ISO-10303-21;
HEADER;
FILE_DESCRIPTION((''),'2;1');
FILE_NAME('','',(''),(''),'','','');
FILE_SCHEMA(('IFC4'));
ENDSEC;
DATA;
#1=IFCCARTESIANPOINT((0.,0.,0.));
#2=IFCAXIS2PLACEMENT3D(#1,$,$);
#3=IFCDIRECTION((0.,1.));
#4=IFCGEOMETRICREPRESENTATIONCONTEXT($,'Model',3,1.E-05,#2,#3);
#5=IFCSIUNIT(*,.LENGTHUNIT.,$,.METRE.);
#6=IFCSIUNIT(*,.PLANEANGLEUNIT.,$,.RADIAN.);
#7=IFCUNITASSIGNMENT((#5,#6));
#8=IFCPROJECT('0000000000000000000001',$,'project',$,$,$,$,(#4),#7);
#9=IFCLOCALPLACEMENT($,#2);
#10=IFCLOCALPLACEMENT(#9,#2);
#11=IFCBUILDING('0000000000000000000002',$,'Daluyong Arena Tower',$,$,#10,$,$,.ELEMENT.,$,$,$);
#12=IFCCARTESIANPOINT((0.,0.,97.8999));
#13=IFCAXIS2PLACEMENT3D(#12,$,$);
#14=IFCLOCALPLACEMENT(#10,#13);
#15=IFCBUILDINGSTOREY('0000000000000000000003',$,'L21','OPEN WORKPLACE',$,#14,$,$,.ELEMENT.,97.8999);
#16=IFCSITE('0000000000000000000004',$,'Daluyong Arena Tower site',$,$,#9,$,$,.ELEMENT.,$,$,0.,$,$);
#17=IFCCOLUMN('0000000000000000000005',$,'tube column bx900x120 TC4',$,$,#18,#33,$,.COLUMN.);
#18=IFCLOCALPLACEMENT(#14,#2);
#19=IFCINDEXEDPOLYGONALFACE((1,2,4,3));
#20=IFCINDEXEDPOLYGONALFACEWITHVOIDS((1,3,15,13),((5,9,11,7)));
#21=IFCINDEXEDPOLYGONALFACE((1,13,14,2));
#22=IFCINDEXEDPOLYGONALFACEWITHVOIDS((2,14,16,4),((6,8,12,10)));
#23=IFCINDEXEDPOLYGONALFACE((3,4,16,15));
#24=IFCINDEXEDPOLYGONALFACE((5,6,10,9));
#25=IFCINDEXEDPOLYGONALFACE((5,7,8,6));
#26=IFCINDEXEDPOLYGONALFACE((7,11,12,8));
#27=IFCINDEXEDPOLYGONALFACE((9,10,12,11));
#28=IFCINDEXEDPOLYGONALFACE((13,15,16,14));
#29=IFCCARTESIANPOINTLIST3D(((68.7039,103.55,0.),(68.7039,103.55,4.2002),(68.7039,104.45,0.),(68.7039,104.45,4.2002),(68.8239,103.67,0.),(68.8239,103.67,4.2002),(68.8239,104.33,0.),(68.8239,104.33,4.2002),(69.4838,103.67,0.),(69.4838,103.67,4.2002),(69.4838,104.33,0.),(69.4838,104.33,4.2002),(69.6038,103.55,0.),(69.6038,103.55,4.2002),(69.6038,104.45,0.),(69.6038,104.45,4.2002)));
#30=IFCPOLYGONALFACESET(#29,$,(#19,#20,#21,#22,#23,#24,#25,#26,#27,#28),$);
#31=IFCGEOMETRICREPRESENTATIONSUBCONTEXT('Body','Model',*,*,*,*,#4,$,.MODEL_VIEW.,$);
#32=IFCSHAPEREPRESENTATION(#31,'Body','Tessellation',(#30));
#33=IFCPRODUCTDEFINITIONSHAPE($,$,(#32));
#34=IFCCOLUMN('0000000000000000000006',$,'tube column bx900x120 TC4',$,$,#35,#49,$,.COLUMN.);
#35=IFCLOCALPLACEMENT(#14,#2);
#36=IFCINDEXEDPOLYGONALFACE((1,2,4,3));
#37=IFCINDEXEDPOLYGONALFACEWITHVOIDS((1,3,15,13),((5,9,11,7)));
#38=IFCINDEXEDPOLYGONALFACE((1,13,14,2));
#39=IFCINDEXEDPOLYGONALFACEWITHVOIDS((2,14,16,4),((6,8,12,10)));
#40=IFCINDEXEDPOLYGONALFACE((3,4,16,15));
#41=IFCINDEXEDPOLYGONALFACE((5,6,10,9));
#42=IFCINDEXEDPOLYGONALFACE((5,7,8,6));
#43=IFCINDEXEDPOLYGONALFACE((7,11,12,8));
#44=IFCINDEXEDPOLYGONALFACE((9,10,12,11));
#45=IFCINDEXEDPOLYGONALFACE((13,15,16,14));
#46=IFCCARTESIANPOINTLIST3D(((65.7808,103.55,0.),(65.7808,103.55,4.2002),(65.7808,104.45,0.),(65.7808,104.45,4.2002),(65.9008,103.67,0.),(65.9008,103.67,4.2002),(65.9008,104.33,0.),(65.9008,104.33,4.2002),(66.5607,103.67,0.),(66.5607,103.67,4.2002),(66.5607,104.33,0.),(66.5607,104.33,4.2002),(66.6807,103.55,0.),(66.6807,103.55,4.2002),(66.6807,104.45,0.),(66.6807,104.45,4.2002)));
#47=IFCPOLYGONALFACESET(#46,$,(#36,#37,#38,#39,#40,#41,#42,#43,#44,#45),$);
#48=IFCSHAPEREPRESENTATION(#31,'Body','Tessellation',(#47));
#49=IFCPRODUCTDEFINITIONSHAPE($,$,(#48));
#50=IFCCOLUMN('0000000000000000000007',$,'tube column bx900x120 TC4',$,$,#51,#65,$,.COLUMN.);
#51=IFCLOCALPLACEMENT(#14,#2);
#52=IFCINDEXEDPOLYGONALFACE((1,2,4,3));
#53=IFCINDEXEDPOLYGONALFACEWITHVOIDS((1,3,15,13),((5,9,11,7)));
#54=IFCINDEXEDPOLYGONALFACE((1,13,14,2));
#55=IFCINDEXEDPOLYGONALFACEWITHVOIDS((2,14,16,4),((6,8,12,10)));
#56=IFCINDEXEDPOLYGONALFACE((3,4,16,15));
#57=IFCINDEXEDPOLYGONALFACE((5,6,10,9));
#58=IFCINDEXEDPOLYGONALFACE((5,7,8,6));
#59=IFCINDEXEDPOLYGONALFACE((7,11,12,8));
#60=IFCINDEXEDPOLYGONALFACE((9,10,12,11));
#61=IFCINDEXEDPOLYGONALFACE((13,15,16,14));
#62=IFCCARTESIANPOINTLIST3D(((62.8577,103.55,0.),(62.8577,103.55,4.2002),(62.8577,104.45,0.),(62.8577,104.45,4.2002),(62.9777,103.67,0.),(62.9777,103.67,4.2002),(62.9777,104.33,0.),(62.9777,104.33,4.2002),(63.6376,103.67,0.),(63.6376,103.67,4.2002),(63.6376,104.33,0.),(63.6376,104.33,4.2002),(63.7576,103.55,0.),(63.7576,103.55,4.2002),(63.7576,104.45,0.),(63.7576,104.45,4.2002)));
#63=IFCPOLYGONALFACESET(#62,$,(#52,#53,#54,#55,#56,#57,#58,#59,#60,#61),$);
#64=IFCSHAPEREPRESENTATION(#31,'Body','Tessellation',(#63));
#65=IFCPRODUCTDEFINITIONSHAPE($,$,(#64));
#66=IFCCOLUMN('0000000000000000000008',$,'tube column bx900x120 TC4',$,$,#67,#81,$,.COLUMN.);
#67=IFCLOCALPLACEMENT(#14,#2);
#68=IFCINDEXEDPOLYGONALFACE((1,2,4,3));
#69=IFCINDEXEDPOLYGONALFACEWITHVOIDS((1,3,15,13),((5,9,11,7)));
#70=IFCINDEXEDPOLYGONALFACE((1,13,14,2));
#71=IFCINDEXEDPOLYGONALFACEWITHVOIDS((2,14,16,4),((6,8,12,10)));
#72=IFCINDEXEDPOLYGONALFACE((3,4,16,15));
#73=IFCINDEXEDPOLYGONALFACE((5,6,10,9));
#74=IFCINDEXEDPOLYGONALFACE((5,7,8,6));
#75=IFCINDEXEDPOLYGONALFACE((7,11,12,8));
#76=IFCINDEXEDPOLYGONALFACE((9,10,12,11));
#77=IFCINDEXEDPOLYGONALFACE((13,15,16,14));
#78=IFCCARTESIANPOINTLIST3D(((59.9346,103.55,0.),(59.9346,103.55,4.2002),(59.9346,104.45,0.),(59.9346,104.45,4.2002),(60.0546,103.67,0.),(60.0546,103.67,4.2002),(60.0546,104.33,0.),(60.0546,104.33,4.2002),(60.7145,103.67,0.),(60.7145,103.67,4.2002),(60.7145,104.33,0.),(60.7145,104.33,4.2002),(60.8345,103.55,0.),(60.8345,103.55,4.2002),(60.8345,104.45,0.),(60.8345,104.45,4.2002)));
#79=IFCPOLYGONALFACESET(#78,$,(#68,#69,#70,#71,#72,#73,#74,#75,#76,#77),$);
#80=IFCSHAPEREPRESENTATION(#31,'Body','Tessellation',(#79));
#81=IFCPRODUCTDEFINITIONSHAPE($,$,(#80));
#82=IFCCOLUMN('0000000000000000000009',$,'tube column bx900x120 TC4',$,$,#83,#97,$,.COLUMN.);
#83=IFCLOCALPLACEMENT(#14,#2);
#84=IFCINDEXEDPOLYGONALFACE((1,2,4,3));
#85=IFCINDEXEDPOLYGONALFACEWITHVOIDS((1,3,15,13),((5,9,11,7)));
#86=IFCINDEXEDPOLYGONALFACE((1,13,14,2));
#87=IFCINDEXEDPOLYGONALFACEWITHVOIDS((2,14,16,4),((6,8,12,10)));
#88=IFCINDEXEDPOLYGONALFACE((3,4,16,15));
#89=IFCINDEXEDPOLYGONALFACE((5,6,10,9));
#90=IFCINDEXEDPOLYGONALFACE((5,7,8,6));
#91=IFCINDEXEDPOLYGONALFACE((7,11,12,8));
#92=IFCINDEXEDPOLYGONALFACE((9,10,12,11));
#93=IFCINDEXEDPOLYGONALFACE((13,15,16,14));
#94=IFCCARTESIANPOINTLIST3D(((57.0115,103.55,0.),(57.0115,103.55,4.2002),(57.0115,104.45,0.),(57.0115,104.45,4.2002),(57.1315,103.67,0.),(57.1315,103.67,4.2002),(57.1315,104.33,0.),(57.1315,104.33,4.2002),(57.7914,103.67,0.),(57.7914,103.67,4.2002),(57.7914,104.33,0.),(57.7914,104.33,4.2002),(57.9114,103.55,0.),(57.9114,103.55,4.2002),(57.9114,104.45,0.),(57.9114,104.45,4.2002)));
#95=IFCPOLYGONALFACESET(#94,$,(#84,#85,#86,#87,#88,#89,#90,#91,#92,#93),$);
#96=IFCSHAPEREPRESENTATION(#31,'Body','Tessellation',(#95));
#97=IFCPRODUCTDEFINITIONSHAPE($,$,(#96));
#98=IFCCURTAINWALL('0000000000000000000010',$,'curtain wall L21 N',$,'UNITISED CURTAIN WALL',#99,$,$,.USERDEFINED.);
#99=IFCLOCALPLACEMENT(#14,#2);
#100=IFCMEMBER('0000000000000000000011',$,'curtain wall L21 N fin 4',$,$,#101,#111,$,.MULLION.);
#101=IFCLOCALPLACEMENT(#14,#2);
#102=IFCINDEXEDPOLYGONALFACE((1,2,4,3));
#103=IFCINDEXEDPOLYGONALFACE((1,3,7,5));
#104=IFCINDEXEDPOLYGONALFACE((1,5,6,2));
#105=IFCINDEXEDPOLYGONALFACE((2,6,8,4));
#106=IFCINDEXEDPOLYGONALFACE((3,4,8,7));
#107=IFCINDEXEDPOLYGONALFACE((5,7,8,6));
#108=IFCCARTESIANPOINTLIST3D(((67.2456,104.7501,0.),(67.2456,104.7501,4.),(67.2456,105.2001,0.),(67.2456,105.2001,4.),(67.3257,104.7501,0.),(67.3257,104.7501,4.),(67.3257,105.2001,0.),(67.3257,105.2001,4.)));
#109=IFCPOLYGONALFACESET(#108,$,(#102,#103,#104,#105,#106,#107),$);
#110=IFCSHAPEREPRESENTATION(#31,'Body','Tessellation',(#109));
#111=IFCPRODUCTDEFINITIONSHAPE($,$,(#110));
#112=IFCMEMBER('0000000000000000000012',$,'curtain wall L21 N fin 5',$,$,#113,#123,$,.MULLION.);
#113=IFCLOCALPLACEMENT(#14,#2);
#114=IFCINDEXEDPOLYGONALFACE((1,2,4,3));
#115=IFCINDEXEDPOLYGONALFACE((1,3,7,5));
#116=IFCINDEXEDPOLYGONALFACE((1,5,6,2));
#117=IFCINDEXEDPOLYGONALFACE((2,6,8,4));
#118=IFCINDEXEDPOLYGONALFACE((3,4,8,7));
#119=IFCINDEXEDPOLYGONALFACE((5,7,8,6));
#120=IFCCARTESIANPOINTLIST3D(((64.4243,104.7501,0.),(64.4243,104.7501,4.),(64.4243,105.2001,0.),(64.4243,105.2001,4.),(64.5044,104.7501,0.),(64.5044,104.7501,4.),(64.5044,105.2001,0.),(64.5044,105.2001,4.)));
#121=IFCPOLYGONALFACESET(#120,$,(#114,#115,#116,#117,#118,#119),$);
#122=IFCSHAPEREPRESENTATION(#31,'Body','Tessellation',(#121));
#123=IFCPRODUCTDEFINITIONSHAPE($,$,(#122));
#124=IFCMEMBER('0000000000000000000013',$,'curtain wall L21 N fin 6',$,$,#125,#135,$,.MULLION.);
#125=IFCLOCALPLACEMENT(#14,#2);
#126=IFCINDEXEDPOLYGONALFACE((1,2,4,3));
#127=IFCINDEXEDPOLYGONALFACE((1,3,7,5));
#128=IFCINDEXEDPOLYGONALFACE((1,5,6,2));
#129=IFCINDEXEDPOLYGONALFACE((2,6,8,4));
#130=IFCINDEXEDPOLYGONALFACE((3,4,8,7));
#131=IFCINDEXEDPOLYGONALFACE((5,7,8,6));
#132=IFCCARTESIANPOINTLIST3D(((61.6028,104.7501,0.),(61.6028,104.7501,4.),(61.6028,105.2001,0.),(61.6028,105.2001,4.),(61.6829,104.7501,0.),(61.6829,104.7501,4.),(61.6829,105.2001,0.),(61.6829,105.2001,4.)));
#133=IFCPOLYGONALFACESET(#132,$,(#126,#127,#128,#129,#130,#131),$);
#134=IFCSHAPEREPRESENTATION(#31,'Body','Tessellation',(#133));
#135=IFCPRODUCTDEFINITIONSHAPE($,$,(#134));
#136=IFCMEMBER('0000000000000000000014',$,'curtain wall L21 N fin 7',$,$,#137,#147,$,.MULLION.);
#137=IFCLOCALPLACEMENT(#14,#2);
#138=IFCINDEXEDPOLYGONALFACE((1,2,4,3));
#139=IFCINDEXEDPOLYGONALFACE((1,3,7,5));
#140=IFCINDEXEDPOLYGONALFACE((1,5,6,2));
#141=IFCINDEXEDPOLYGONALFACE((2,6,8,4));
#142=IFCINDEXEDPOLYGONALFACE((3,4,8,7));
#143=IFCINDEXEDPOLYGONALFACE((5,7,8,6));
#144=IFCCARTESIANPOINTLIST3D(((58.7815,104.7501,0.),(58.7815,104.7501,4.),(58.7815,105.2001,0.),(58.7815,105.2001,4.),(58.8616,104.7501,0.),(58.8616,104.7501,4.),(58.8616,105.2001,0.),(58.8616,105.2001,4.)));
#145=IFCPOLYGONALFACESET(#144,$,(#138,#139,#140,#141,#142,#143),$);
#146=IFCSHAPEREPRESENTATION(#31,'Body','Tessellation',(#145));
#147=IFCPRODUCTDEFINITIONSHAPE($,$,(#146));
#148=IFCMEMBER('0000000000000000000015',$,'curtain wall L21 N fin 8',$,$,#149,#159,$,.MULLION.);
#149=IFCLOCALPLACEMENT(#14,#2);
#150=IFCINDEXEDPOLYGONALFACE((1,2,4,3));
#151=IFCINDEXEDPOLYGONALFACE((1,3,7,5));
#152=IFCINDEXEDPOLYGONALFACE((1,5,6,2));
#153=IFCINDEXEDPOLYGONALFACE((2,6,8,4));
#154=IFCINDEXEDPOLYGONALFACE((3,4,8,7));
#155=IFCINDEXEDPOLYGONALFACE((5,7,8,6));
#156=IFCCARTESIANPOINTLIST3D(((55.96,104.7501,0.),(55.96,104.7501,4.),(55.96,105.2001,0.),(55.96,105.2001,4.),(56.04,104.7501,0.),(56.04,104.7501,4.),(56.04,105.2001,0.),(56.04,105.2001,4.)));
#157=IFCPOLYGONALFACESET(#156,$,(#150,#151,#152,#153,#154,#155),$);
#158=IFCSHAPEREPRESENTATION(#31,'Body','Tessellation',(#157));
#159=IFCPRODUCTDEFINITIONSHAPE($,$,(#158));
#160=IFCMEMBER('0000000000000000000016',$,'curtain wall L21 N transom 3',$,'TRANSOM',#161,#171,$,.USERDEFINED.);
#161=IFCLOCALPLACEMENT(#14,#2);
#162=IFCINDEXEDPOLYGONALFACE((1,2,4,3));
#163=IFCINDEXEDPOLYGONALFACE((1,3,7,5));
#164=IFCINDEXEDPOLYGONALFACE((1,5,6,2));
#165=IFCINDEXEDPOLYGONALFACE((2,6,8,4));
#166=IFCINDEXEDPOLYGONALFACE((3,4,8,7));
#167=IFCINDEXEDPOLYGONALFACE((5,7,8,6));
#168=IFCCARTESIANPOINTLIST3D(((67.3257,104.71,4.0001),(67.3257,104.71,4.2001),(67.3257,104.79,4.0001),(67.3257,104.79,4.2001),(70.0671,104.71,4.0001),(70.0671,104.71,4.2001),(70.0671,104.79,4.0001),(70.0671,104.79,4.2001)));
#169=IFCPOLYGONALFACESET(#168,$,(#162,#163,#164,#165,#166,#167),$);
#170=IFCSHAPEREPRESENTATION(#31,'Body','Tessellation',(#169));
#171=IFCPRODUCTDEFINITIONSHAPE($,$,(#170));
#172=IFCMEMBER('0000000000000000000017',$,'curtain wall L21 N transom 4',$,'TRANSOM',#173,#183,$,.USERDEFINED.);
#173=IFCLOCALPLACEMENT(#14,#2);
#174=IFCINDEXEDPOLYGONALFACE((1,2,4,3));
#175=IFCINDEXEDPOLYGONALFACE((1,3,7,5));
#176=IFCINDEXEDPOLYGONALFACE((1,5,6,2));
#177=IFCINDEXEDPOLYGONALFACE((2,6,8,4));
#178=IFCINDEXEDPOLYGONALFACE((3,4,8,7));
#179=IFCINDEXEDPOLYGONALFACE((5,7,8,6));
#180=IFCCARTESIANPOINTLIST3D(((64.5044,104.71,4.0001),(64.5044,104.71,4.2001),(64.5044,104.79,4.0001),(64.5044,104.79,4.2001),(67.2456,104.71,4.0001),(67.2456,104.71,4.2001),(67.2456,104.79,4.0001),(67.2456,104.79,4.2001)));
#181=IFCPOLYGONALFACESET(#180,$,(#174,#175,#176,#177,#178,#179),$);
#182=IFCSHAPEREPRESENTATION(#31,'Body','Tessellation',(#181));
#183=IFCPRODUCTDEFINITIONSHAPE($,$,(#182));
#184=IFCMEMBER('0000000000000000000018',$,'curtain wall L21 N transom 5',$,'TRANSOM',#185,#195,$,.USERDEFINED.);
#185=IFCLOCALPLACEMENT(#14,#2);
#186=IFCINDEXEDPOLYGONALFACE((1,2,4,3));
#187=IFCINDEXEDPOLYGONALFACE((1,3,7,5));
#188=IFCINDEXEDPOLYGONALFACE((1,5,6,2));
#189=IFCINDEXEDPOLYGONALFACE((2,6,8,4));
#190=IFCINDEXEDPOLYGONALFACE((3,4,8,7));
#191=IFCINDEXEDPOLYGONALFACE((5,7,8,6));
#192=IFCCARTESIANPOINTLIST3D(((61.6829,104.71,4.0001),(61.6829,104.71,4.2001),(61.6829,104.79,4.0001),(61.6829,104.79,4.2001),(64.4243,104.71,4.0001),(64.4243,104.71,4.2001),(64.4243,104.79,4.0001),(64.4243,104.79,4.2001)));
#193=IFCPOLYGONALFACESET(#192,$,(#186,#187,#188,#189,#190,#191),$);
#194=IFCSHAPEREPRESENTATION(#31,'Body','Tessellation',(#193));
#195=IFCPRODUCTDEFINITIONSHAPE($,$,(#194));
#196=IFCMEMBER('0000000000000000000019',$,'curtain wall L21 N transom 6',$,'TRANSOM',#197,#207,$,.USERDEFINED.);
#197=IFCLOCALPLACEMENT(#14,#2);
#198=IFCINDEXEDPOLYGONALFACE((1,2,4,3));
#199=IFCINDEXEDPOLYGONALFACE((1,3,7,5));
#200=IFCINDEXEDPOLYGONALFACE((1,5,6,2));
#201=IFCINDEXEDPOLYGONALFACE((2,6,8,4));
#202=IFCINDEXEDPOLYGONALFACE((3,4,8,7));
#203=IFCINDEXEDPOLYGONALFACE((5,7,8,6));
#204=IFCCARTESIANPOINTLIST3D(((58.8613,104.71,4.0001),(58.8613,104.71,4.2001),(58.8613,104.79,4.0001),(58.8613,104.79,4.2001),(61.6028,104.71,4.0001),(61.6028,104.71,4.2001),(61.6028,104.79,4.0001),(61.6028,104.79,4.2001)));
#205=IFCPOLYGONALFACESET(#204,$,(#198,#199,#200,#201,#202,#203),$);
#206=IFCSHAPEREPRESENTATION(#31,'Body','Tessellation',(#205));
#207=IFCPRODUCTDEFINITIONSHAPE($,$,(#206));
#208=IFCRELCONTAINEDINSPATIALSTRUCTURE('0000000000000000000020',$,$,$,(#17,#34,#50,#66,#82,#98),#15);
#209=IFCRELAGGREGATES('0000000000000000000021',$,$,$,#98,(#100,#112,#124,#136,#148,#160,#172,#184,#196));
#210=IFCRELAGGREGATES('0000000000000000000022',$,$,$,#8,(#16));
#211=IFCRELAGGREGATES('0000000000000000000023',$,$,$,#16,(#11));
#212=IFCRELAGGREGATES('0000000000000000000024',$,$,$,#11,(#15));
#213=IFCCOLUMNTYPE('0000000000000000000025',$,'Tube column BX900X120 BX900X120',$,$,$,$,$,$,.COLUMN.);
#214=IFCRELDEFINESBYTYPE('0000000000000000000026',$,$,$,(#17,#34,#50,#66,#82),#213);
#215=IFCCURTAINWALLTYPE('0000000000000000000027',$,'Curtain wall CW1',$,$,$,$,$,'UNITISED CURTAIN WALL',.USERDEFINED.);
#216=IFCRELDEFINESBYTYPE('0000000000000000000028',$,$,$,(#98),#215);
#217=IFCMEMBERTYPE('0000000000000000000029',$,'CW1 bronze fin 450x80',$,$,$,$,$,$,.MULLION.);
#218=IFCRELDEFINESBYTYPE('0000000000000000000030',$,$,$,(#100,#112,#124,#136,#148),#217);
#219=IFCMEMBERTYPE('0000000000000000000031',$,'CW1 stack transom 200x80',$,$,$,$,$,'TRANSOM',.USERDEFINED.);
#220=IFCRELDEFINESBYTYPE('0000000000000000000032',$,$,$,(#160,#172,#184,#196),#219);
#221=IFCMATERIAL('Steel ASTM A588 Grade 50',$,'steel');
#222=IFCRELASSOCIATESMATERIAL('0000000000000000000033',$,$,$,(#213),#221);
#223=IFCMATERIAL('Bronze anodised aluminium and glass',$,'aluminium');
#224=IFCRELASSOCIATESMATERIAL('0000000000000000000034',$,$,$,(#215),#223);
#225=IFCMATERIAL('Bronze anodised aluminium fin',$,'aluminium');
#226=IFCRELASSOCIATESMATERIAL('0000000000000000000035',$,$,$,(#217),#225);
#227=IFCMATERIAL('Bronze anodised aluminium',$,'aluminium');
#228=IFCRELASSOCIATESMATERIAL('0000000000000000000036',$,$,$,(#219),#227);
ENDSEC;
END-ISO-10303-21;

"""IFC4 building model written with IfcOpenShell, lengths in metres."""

from ifc_helpers import new_model, si_unit, direction, frame, origin, origin_2d, place, context, subcontext, project, spatial, rectangle, hollow_rectangle, extrude, material, material_profile, profile_set, type_object, element, aggregate, save


model = new_model("IFC4")

# Units and contexts
model_context = context("Model", 3, precision=1e-05, world=origin(), true_north=direction((0.0, 1.0)))
body_context = subcontext(model_context, "Body", "Model", "MODEL_VIEW")
ifc_project = project(units=[si_unit("LENGTHUNIT", "METRE"), si_unit("PLANEANGLEUNIT", "RADIAN")], contexts=[model_context])

# Site, building, storey
site_placement = place(None, origin())
site = spatial("IfcSite", under=ifc_project, at=site_placement, Name="Daluyong Arena Tower site", CompositionType="ELEMENT", RefElevation=0.0)
building_placement = place(site_placement, origin())
building = spatial("IfcBuilding", under=site, at=building_placement, Name="Daluyong Arena Tower", CompositionType="ELEMENT")
storey_placement = place(building_placement, frame((0.0, 0.0, 97.8999)))
storey = spatial("IfcBuildingStorey", under=building, at=storey_placement, Name="L21", Description="OPEN WORKPLACE", CompositionType="ELEMENT", Elevation=97.8999)

# Columns
ifc_material_1 = material(Name="Steel ASTM A588 Grade 50", Category="steel")
ifc_material_profile_1 = material_profile(ifc_material_1, hollow_rectangle(XDim=0.8999, YDim=0.8999, WallThickness=0.12, at=origin_2d()))
ifc_profile_set_1 = profile_set([ifc_material_profile_1], Name="Steel ASTM A588 Grade 50")
column_type = type_object("IfcColumnType", Name="Tube column BX900X120 BX900X120", PredefinedType="COLUMN", material=ifc_profile_set_1)
for number, where, z_axis, x_axis, name in (
    (1, (69.1538, 104.0, 0.0), (0.0, 0.0, 1.0), (1.0, 0.0, 0.0), "tube column bx900x120 TC4"),
    (2, (66.2307, 104.0, 0.0), (0.0, 0.0, 1.0), (1.0, 0.0, 0.0), "tube column bx900x120 TC4"),
    (3, (63.3076, 104.0, 0.0), (0.0, 0.0, 1.0), (1.0, 0.0, 0.0), "tube column bx900x120 TC4"),
    (4, (60.3845, 104.0, 0.0), (0.0, 0.0, 1.0), (1.0, 0.0, 0.0), "tube column bx900x120 TC4"),
    (5, (57.4614, 104.0, 0.0), (0.0, 0.0, 1.0), (1.0, 0.0, 0.0), "tube column bx900x120 TC4"),
):
    element("IfcColumn", number, at=place(storey_placement, frame(where, z_axis=z_axis, x_axis=x_axis)), inside=storey, type_object=column_type, Name=name, PredefinedType="COLUMN", context=body_context, shape_type="SweptSolid", body=[
        extrude(hollow_rectangle(XDim=0.8999, YDim=0.8999, WallThickness=0.12, at=origin_2d()), origin(), (0.0, 0.0, 1.0), 4.2002),
    ])

# Curtain wall, members
ifc_material_2 = material(Name="Bronze anodised aluminium and glass", Category="aluminium")
curtain_wall_type = type_object("IfcCurtainWallType", Name="Curtain wall CW1", ElementType="UNITISED CURTAIN WALL", PredefinedType="USERDEFINED", material=ifc_material_2)
curtain_wall_placement = place(storey_placement, origin())
curtain_wall = element("IfcCurtainWall", 6, at=curtain_wall_placement, inside=storey, type_object=curtain_wall_type, Name="curtain wall L21 N", ObjectType="UNITISED CURTAIN WALL", PredefinedType="USERDEFINED")
ifc_material_3 = material(Name="Bronze anodised aluminium fin", Category="aluminium")
ifc_material_profile_2 = material_profile(ifc_material_3, rectangle(XDim=0.45, YDim=0.0801, at=origin_2d()))
ifc_profile_set_2 = profile_set([ifc_material_profile_2], Name="Bronze anodised aluminium fin")
member_type_1 = type_object("IfcMemberType", Name="CW1 bronze fin 450x80", PredefinedType="MULLION", material=ifc_profile_set_2)
member_1_placement = place(storey_placement, frame((67.2856, 104.9751, 0.0), z_axis=(0.0, 0.0, 1.0), x_axis=(0.0, -1.0, 0.0)))
member_1 = element("IfcMember", 7, at=member_1_placement, type_object=member_type_1, Name="curtain wall L21 N fin 4", PredefinedType="MULLION", context=body_context, shape_type="SweptSolid", body=[
    extrude(rectangle(XDim=0.45, YDim=0.0801, at=origin_2d()), origin(), (0.0, 0.0, 1.0), 4.0),
])
member_2_placement = place(storey_placement, frame((64.4644, 104.9751, 0.0), z_axis=(0.0, 0.0, 1.0), x_axis=(0.0, -1.0, 0.0)))
member_2 = element("IfcMember", 8, at=member_2_placement, type_object=member_type_1, Name="curtain wall L21 N fin 5", PredefinedType="MULLION", context=body_context, shape_type="SweptSolid", body=[
    extrude(rectangle(XDim=0.45, YDim=0.0801, at=origin_2d()), origin(), (0.0, 0.0, 1.0), 4.0),
])
member_3_placement = place(storey_placement, frame((61.6428, 104.9751, 0.0), z_axis=(0.0, 0.0, 1.0), x_axis=(0.0, -1.0, 0.0)))
member_3 = element("IfcMember", 9, at=member_3_placement, type_object=member_type_1, Name="curtain wall L21 N fin 6", PredefinedType="MULLION", context=body_context, shape_type="SweptSolid", body=[
    extrude(rectangle(XDim=0.45, YDim=0.0801, at=origin_2d()), origin(), (0.0, 0.0, 1.0), 4.0),
])
member_4_placement = place(storey_placement, frame((58.8215, 104.9751, 0.0), z_axis=(0.0, 0.0, 1.0), x_axis=(0.0, -1.0, 0.0)))
member_4 = element("IfcMember", 10, at=member_4_placement, type_object=member_type_1, Name="curtain wall L21 N fin 7", PredefinedType="MULLION", context=body_context, shape_type="SweptSolid", body=[
    extrude(rectangle(XDim=0.45, YDim=0.0801, at=origin_2d()), origin(), (0.0, 0.0, 1.0), 4.0),
])
member_5_placement = place(storey_placement, frame((56.0, 104.9751, 0.0), z_axis=(0.0, 0.0, 1.0), x_axis=(0.0, -1.0, 0.0)))
member_5 = element("IfcMember", 11, at=member_5_placement, type_object=member_type_1, Name="curtain wall L21 N fin 8", PredefinedType="MULLION", context=body_context, shape_type="SweptSolid", body=[
    extrude(rectangle(XDim=0.45, YDim=0.0801, at=origin_2d()), origin(), (0.0, 0.0, 1.0), 4.0),
])
ifc_material_4 = material(Name="Bronze anodised aluminium", Category="aluminium")
ifc_material_profile_3 = material_profile(ifc_material_4, rectangle(XDim=0.0801, YDim=0.2, at=origin_2d()))
ifc_profile_set_3 = profile_set([ifc_material_profile_3], Name="Bronze anodised aluminium")
member_type_2 = type_object("IfcMemberType", Name="CW1 stack transom 200x80", ElementType="TRANSOM", PredefinedType="USERDEFINED", material=ifc_profile_set_3)
member_6_placement = place(storey_placement, frame((70.0671, 104.75, 4.1001), z_axis=(-1.0, 0.0, 0.0), x_axis=(0.0, -1.0, 0.0)))
member_6 = element("IfcMember", 12, at=member_6_placement, type_object=member_type_2, Name="curtain wall L21 N transom 3", ObjectType="TRANSOM", PredefinedType="USERDEFINED", context=body_context, shape_type="SweptSolid", body=[
    extrude(rectangle(XDim=0.0801, YDim=0.2, at=origin_2d()), origin(), (0.0, 0.0, 1.0), 2.7415),
])
member_7_placement = place(storey_placement, frame((67.2456, 104.75, 4.1001), z_axis=(-1.0, 0.0, 0.0), x_axis=(0.0, -1.0, 0.0)))
member_7 = element("IfcMember", 13, at=member_7_placement, type_object=member_type_2, Name="curtain wall L21 N transom 4", ObjectType="TRANSOM", PredefinedType="USERDEFINED", context=body_context, shape_type="SweptSolid", body=[
    extrude(rectangle(XDim=0.0801, YDim=0.2, at=origin_2d()), origin(), (0.0, 0.0, 1.0), 2.7412),
])
member_8_placement = place(storey_placement, frame((64.4243, 104.75, 4.1001), z_axis=(-1.0, 0.0, 0.0), x_axis=(0.0, -1.0, 0.0)))
member_8 = element("IfcMember", 14, at=member_8_placement, type_object=member_type_2, Name="curtain wall L21 N transom 5", ObjectType="TRANSOM", PredefinedType="USERDEFINED", context=body_context, shape_type="SweptSolid", body=[
    extrude(rectangle(XDim=0.0801, YDim=0.2, at=origin_2d()), origin(), (0.0, 0.0, 1.0), 2.7415),
])
member_9_placement = place(storey_placement, frame((61.6028, 104.75, 4.1001), z_axis=(-1.0, 0.0, 0.0), x_axis=(0.0, -1.0, 0.0)))
member_9 = element("IfcMember", 15, at=member_9_placement, type_object=member_type_2, Name="curtain wall L21 N transom 6", ObjectType="TRANSOM", PredefinedType="USERDEFINED", context=body_context, shape_type="SweptSolid", body=[
    extrude(rectangle(XDim=0.0801, YDim=0.2, at=origin_2d()), origin(), (0.0, 0.0, 1.0), 2.7415),
])

aggregate(curtain_wall, [member_1, member_2, member_3, member_4, member_5, member_6, member_7, member_8, member_9])

save(model, "model.ifc")
